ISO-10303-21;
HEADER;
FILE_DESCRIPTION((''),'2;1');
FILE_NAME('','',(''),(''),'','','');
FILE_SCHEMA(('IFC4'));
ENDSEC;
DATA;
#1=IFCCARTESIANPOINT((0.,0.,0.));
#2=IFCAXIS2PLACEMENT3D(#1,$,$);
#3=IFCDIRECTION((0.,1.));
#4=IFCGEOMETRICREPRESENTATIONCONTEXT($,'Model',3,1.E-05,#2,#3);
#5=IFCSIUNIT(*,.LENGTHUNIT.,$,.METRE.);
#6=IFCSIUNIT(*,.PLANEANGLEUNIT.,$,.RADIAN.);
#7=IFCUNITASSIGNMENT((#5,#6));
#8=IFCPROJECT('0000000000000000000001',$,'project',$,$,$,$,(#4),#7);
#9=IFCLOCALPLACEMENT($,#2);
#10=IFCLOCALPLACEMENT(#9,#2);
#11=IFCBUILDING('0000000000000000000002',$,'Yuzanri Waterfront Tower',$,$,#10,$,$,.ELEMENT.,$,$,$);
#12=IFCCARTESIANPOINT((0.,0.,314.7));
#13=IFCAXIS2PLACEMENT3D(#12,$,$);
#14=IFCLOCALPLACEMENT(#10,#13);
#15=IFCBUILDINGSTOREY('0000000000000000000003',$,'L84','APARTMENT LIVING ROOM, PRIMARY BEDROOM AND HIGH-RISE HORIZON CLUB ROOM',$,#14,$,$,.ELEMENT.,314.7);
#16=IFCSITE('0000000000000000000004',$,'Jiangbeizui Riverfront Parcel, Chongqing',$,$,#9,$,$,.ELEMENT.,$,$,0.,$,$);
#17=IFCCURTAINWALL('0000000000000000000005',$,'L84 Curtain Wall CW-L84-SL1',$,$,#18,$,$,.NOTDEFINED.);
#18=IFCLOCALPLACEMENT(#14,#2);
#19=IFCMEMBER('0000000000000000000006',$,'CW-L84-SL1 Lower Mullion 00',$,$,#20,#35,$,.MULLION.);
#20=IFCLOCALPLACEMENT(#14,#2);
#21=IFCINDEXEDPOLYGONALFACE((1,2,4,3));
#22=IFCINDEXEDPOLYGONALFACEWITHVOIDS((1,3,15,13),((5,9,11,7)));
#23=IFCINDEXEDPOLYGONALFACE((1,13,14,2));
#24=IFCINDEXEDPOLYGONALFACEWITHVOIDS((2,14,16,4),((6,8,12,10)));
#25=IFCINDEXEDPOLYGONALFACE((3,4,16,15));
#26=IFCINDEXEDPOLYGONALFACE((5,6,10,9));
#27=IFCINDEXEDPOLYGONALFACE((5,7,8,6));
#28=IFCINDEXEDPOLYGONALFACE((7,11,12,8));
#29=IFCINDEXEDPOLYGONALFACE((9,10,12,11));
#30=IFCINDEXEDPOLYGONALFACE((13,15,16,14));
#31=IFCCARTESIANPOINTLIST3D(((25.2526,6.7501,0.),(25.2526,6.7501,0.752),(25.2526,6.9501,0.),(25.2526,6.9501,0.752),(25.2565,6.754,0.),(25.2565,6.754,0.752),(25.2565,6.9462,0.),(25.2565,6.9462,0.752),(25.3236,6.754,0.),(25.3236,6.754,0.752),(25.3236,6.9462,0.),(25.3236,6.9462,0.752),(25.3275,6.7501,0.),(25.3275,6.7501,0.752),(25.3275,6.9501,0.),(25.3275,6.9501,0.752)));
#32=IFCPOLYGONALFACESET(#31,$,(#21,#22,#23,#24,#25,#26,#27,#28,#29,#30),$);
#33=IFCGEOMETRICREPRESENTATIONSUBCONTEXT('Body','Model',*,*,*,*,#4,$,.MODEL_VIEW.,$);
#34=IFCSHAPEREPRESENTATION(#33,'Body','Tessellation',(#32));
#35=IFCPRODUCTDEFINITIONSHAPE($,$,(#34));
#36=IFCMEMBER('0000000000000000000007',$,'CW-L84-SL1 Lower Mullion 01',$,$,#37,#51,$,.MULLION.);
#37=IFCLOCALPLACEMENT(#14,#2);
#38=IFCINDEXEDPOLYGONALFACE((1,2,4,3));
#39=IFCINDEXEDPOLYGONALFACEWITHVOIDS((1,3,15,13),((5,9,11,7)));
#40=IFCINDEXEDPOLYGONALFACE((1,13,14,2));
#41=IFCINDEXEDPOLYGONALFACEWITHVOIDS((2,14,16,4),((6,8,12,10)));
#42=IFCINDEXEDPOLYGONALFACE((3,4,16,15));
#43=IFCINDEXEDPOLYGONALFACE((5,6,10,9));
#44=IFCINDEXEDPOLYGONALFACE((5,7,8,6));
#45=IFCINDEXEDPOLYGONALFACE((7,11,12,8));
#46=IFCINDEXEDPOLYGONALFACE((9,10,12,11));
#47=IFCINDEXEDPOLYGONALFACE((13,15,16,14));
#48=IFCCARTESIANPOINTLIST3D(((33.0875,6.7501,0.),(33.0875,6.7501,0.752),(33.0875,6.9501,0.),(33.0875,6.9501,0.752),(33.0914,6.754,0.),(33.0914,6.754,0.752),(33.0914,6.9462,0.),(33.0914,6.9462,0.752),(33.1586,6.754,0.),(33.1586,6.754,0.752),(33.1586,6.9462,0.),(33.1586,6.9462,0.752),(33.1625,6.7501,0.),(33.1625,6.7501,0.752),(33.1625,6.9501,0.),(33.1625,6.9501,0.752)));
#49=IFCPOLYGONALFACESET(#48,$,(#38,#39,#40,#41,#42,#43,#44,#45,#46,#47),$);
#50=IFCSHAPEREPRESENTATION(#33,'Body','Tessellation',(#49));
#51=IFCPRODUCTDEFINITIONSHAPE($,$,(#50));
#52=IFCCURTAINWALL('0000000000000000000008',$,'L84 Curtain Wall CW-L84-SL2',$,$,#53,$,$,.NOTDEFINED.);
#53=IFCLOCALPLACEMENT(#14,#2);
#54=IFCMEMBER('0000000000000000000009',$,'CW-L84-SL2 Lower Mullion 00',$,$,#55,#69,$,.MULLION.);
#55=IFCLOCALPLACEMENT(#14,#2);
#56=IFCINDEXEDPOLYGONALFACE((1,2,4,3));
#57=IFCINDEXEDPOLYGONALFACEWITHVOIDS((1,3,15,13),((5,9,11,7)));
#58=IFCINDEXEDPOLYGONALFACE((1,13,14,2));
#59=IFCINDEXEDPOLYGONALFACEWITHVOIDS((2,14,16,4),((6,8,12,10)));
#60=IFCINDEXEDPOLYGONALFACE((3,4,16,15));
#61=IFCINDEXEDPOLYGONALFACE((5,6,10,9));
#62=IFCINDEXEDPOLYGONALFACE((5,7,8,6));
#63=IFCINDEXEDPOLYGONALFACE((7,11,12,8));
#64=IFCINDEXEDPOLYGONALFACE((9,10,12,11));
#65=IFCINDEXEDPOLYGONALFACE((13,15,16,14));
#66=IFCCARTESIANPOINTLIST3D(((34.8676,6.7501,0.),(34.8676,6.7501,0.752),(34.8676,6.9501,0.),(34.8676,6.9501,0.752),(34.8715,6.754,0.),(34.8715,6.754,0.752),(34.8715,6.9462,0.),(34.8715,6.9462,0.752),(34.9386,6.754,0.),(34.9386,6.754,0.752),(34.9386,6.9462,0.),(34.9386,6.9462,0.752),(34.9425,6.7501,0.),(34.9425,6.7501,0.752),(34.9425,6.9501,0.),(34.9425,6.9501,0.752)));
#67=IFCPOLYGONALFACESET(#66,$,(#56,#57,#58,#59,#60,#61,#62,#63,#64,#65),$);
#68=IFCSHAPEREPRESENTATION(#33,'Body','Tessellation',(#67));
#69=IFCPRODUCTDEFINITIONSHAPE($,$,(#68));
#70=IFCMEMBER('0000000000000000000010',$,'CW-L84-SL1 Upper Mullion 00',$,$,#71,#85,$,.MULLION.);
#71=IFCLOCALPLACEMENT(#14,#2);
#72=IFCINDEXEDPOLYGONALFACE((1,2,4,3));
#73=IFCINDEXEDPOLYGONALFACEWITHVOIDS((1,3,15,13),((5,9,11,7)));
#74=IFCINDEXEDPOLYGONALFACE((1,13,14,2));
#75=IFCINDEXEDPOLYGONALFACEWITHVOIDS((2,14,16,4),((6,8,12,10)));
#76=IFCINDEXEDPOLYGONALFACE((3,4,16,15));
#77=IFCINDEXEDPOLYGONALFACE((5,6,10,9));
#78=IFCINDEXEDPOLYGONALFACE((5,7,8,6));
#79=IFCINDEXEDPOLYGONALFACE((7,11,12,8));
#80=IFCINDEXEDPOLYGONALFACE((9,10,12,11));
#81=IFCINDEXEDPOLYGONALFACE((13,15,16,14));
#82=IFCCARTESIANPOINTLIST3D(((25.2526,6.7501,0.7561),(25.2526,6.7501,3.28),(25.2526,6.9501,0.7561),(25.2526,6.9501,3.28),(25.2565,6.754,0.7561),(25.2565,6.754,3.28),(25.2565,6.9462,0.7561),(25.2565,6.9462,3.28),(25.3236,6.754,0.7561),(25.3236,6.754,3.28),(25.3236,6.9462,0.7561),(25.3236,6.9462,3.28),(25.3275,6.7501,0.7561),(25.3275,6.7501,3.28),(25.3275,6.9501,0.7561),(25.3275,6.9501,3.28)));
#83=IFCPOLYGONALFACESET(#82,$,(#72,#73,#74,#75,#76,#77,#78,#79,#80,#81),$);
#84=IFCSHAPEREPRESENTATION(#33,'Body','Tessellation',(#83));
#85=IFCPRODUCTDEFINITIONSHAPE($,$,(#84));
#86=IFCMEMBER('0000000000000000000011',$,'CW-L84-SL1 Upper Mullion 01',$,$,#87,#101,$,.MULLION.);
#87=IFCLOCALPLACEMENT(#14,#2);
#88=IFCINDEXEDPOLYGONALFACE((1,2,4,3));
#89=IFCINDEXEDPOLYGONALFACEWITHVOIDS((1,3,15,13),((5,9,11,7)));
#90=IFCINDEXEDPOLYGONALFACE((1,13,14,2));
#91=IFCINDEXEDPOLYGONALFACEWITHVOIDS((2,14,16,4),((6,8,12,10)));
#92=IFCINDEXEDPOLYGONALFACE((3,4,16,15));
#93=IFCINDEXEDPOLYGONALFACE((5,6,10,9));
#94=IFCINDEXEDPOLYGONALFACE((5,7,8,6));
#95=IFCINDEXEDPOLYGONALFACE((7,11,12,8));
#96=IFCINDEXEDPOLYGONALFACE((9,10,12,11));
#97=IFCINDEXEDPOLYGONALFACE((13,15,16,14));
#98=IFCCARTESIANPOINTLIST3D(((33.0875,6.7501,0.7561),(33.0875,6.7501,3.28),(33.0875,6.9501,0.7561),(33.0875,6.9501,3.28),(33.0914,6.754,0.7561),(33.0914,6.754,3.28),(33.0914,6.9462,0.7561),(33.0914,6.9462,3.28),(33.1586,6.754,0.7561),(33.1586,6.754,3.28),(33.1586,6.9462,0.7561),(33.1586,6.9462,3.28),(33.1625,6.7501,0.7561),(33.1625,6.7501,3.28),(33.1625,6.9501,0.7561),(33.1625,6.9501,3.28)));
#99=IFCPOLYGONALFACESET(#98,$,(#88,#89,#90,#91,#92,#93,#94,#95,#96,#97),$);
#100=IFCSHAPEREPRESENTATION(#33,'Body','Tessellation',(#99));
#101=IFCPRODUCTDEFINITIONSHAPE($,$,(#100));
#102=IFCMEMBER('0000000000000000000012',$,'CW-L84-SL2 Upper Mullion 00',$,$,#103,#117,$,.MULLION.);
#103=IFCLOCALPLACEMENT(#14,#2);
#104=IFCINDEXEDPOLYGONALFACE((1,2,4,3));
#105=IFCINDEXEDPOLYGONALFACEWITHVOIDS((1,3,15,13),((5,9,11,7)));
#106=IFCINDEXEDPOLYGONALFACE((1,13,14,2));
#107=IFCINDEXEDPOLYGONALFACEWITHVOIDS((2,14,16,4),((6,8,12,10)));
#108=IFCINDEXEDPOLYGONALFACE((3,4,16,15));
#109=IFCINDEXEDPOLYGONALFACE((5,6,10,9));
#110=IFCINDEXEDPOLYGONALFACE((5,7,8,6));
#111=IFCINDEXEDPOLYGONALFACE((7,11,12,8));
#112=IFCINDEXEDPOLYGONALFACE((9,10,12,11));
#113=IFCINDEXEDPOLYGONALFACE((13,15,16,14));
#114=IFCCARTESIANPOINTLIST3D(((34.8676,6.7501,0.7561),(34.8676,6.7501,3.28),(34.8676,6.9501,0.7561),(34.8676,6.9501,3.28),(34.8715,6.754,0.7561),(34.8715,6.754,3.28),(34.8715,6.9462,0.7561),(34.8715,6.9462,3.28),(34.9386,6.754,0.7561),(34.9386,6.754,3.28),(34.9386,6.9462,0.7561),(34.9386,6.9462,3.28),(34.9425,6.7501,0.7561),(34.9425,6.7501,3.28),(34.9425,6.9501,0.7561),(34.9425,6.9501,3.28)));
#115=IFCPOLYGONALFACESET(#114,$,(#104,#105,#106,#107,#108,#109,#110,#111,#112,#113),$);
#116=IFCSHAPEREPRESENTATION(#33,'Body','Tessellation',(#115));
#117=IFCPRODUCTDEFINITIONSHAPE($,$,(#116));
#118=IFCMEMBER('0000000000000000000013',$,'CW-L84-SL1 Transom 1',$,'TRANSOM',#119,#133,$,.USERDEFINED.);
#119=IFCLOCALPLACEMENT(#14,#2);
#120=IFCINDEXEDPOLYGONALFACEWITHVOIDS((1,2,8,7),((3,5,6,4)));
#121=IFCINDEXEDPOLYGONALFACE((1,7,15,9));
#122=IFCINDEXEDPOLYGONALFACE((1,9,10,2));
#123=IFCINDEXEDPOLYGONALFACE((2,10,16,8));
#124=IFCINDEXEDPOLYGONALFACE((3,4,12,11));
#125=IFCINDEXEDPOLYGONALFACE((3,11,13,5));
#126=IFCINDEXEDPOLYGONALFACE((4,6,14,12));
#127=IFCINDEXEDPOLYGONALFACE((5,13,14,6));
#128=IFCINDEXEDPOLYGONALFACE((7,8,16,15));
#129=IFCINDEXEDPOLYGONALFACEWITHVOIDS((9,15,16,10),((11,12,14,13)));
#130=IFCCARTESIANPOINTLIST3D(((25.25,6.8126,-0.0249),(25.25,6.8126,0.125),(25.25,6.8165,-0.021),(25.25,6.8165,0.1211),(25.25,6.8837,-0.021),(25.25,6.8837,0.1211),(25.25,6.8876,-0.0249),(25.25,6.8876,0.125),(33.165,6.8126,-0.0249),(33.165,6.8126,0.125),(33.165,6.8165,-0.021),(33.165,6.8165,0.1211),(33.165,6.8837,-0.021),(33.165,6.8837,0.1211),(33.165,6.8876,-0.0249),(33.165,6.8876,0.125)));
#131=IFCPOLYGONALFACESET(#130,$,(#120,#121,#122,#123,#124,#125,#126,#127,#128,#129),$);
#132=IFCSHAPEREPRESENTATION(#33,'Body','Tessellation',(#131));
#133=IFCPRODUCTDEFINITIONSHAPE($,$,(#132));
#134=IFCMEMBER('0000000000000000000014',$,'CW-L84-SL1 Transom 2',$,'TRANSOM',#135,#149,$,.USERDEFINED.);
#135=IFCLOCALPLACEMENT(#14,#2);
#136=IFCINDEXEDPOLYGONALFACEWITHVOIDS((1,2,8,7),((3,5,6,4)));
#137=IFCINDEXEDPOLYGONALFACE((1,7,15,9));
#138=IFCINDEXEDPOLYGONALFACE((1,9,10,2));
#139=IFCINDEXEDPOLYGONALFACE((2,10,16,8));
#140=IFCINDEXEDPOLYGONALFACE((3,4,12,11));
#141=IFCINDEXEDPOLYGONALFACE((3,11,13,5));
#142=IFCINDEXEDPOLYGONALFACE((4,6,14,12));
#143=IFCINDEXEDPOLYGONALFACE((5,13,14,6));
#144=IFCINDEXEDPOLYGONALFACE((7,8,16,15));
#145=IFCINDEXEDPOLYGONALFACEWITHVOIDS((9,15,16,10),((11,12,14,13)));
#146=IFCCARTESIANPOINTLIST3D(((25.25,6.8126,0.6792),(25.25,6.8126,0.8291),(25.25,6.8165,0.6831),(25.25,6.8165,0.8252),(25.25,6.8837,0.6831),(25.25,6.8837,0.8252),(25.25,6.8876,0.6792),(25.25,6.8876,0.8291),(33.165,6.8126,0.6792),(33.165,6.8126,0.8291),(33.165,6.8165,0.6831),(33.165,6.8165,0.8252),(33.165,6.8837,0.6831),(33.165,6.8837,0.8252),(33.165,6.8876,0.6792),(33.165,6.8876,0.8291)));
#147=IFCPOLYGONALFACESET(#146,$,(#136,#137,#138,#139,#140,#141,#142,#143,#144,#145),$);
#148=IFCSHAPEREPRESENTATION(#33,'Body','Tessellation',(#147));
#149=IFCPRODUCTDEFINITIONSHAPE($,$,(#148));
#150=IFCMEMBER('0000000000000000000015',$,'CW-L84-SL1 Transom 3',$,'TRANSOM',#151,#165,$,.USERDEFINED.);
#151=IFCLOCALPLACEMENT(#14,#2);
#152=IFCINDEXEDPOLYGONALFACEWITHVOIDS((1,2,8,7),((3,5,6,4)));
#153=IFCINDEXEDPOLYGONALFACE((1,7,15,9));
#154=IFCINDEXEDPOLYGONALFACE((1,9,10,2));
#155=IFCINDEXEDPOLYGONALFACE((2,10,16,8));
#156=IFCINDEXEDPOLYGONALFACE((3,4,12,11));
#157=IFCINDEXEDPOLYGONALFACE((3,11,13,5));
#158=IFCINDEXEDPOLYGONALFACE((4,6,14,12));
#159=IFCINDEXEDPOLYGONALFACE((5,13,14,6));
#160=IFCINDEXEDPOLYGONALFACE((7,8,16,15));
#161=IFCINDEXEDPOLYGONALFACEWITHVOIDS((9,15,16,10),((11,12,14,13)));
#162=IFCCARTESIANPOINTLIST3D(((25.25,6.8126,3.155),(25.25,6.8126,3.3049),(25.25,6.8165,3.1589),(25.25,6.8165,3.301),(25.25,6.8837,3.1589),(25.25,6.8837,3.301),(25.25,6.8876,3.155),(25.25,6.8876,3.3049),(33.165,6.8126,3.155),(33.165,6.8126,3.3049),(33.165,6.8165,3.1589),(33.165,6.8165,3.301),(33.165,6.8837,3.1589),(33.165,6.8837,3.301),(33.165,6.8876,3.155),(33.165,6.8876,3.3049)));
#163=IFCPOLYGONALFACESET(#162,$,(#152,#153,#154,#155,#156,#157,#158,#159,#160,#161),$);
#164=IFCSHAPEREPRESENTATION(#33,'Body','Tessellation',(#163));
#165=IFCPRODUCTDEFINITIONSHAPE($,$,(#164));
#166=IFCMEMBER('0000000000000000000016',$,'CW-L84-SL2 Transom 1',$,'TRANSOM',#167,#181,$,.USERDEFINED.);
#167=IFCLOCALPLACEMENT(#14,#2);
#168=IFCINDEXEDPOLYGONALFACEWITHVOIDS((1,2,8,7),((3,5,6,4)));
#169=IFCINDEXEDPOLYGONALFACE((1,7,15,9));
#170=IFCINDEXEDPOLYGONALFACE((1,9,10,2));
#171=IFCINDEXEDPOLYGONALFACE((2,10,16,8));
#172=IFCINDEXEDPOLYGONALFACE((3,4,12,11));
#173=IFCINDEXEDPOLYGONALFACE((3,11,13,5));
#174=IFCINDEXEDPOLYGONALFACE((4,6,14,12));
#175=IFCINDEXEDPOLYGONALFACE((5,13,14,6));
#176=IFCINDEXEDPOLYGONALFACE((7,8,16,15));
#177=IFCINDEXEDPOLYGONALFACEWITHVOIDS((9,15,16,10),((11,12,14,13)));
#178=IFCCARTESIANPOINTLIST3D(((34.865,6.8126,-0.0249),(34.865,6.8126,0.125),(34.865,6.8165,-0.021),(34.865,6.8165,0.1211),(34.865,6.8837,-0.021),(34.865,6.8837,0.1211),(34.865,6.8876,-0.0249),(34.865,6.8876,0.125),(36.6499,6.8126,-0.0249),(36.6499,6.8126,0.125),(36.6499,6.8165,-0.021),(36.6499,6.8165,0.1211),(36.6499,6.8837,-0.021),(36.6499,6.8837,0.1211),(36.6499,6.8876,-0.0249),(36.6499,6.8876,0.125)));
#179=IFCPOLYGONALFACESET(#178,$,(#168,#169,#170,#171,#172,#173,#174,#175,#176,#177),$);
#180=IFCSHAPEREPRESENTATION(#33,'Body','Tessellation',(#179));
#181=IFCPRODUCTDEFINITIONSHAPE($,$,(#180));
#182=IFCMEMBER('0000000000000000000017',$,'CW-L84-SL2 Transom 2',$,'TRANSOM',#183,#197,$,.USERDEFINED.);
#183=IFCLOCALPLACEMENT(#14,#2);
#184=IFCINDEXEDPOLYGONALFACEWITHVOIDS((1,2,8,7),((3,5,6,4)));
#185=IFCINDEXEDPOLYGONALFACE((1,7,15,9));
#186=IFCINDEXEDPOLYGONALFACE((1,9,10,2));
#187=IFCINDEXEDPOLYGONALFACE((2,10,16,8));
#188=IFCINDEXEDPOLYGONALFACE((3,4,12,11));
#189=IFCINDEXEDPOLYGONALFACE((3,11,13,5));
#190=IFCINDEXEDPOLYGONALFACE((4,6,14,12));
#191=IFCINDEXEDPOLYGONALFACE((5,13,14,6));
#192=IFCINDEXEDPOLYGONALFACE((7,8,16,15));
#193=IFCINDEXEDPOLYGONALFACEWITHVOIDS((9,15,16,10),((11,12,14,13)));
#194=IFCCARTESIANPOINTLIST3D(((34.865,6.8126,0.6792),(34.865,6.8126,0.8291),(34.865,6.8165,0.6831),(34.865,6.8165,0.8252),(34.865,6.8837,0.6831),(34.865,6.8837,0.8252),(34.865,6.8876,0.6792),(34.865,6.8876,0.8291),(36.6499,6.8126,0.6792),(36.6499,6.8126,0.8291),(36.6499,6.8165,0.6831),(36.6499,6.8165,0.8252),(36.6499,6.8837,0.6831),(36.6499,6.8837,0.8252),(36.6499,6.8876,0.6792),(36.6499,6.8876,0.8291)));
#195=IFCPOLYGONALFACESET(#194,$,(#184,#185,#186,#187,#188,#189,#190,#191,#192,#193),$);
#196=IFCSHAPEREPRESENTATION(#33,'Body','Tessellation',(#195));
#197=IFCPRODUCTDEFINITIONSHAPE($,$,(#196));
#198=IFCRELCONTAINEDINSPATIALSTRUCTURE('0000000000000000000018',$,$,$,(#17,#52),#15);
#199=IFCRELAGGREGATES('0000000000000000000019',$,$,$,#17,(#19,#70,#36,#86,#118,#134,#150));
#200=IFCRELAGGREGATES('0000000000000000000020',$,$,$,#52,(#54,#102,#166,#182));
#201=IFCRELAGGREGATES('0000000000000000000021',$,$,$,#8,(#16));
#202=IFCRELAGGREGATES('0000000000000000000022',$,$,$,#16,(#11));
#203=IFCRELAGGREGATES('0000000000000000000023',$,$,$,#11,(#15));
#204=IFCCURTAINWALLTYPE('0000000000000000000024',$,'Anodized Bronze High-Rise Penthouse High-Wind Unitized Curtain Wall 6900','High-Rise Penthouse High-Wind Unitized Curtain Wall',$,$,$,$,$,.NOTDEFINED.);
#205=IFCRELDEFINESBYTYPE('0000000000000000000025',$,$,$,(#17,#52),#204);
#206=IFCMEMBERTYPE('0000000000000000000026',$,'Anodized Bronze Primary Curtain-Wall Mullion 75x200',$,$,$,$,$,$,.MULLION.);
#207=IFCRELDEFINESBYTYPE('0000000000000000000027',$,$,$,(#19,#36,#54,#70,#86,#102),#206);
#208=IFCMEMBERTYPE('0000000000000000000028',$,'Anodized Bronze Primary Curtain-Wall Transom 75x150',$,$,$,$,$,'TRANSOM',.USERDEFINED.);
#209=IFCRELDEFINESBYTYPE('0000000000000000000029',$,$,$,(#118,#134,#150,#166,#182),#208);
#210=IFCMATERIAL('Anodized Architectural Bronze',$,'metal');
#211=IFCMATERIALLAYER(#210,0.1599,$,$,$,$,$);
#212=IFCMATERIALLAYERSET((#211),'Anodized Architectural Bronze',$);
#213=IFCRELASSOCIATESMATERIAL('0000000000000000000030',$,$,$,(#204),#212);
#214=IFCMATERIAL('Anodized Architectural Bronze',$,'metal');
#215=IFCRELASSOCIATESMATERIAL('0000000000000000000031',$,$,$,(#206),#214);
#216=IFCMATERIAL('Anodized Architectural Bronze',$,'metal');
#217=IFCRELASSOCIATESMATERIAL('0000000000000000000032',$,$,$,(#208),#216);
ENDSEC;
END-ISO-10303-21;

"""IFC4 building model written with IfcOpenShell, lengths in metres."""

from ifc_helpers import new_model, si_unit, direction, frame, origin, origin_2d, place, context, subcontext, project, spatial, hollow_rectangle, extrude, source, transform, mapped, material, layer, layer_set, material_profile, profile_set, type_object, element, aggregate, save


model = new_model("IFC4")

# Units and contexts
model_context = context("Model", 3, precision=1e-05, world=origin(), true_north=direction((0.0, 1.0)))
body_context = subcontext(model_context, "Body", "Model", "MODEL_VIEW")
ifc_project = project(units=[si_unit("LENGTHUNIT", "METRE"), si_unit("PLANEANGLEUNIT", "RADIAN")], contexts=[model_context])

# Site, building, storey
site_placement = place(None, origin())
site = spatial("IfcSite", under=ifc_project, at=site_placement, Name="Jiangbeizui Riverfront Parcel, Chongqing", CompositionType="ELEMENT", RefElevation=0.0)
building_placement = place(site_placement, origin())
building = spatial("IfcBuilding", under=site, at=building_placement, Name="Yuzanri Waterfront Tower", CompositionType="ELEMENT")
storey_placement = place(building_placement, frame((0.0, 0.0, 314.7)))
storey = spatial("IfcBuildingStorey", under=building, at=storey_placement, Name="L84", Description="APARTMENT LIVING ROOM, PRIMARY BEDROOM AND HIGH-RISE HORIZON CLUB ROOM", CompositionType="ELEMENT", Elevation=314.7)

# Curtain wall, members
ifc_material_1 = material(Name="Anodized Architectural Bronze", Category="metal")
ifc_layer_1 = layer(ifc_material_1, 0.1599)
ifc_layer_set_1 = layer_set([ifc_layer_1], Name="Anodized Architectural Bronze")
curtain_wall_type = type_object("IfcCurtainWallType", Name="Anodized Bronze High-Rise Penthouse High-Wind Unitized Curtain Wall 6900", Description="High-Rise Penthouse High-Wind Unitized Curtain Wall", PredefinedType="NOTDEFINED", material=ifc_layer_set_1)
curtain_wall_1_placement = place(storey_placement, origin())
curtain_wall_1 = element("IfcCurtainWall", 1, at=curtain_wall_1_placement, inside=storey, type_object=curtain_wall_type, Name="L84 Curtain Wall CW-L84-SL1", PredefinedType="NOTDEFINED")
ifc_material_2 = material(Name="Anodized Architectural Bronze", Category="metal")
ifc_material_profile_1 = material_profile(ifc_material_2, hollow_rectangle(XDim=0.075, YDim=0.2, WallThickness=0.0039, at=origin_2d()), Name="CWM 75x200")
ifc_profile_set_1 = profile_set([ifc_material_profile_1], Name="Anodized Architectural Bronze")
member_type_1 = type_object("IfcMemberType", Name="Anodized Bronze Primary Curtain-Wall Mullion 75x200", PredefinedType="MULLION", material=ifc_profile_set_1)
shared_shape_1 = source(origin(), body_context, "Body", "SweptSolid", [
    extrude(hollow_rectangle(XDim=0.075, YDim=0.2, WallThickness=0.0039, at=origin_2d()), origin(), (0.0, 0.0, 1.0), 0.752),
])
member_1_placement = place(storey_placement, frame((25.29, 6.8501, 0.0), z_axis=(0.0, 0.0, 1.0), x_axis=(1.0, 0.0, 0.0)))
member_1 = element("IfcMember", 2, at=member_1_placement, type_object=member_type_1, Name="CW-L84-SL1 Lower Mullion 00", PredefinedType="MULLION", context=body_context, shape_type="MappedRepresentation", body=[
    mapped(shared_shape_1, transform((0.0, 0.0, 0.0), scale=1.0)),
])
member_2_placement = place(storey_placement, frame((33.125, 6.8501, 0.0), z_axis=(0.0, 0.0, 1.0), x_axis=(1.0, 0.0, 0.0)))
member_2 = element("IfcMember", 3, at=member_2_placement, type_object=member_type_1, Name="CW-L84-SL1 Lower Mullion 01", PredefinedType="MULLION", context=body_context, shape_type="MappedRepresentation", body=[
    mapped(shared_shape_1, transform((0.0, 0.0, 0.0), scale=1.0)),
])

# Curtain wall, member
curtain_wall_2_placement = place(storey_placement, origin())
curtain_wall_2 = element("IfcCurtainWall", 4, at=curtain_wall_2_placement, inside=storey, type_object=curtain_wall_type, Name="L84 Curtain Wall CW-L84-SL2", PredefinedType="NOTDEFINED")
member_3_placement = place(storey_placement, frame((34.905, 6.8501, 0.0), z_axis=(0.0, 0.0, 1.0), x_axis=(1.0, 0.0, 0.0)))
member_3 = element("IfcMember", 5, at=member_3_placement, type_object=member_type_1, Name="CW-L84-SL2 Lower Mullion 00", PredefinedType="MULLION", context=body_context, shape_type="MappedRepresentation", body=[
    mapped(shared_shape_1, transform((0.0, 0.0, 0.0), scale=1.0)),
])

# Members
shared_shape_2 = source(origin(), body_context, "Body", "SweptSolid", [
    extrude(hollow_rectangle(XDim=0.075, YDim=0.2, WallThickness=0.0039, at=origin_2d()), origin(), (0.0, 0.0, 1.0), 2.5239),
])
member_4_placement = place(storey_placement, frame((25.29, 6.8501, 0.7561), z_axis=(0.0, 0.0, 1.0), x_axis=(1.0, 0.0, 0.0)))
member_4 = element("IfcMember", 6, at=member_4_placement, type_object=member_type_1, Name="CW-L84-SL1 Upper Mullion 00", PredefinedType="MULLION", context=body_context, shape_type="MappedRepresentation", body=[
    mapped(shared_shape_2, transform((0.0, 0.0, 0.0), scale=1.0)),
])
member_5_placement = place(storey_placement, frame((33.125, 6.8501, 0.7561), z_axis=(0.0, 0.0, 1.0), x_axis=(1.0, 0.0, 0.0)))
member_5 = element("IfcMember", 7, at=member_5_placement, type_object=member_type_1, Name="CW-L84-SL1 Upper Mullion 01", PredefinedType="MULLION", context=body_context, shape_type="MappedRepresentation", body=[
    mapped(shared_shape_2, transform((0.0, 0.0, 0.0), scale=1.0)),
])
member_6_placement = place(storey_placement, frame((34.905, 6.8501, 0.7561), z_axis=(0.0, 0.0, 1.0), x_axis=(1.0, 0.0, 0.0)))
member_6 = element("IfcMember", 8, at=member_6_placement, type_object=member_type_1, Name="CW-L84-SL2 Upper Mullion 00", PredefinedType="MULLION", context=body_context, shape_type="MappedRepresentation", body=[
    mapped(shared_shape_2, transform((0.0, 0.0, 0.0), scale=1.0)),
])
ifc_material_3 = material(Name="Anodized Architectural Bronze", Category="metal")
ifc_material_profile_2 = material_profile(ifc_material_3, hollow_rectangle(XDim=0.075, YDim=0.1499, WallThickness=0.0039, at=origin_2d()), Name="CWT 75x150")
ifc_profile_set_2 = profile_set([ifc_material_profile_2], Name="Anodized Architectural Bronze")
member_type_2 = type_object("IfcMemberType", Name="Anodized Bronze Primary Curtain-Wall Transom 75x150", ElementType="TRANSOM", PredefinedType="USERDEFINED", material=ifc_profile_set_2)
shared_shape_3 = source(origin(), body_context, "Body", "SweptSolid", [
    extrude(hollow_rectangle(XDim=0.075, YDim=0.1499, WallThickness=0.0039, at=origin_2d()), origin(), (0.0, 0.0, 1.0), 7.915),
])
member_7_placement = place(storey_placement, frame((25.25, 6.8501, 0.05), z_axis=(1.0, 0.0, 0.0), x_axis=(0.0, 1.0, 0.0)))
member_7 = element("IfcMember", 9, at=member_7_placement, type_object=member_type_2, Name="CW-L84-SL1 Transom 1", ObjectType="TRANSOM", PredefinedType="USERDEFINED", context=body_context, shape_type="MappedRepresentation", body=[
    mapped(shared_shape_3, transform((0.0, 0.0, 0.0), scale=1.0)),
])
member_8_placement = place(storey_placement, frame((25.25, 6.8501, 0.7542), z_axis=(1.0, 0.0, 0.0), x_axis=(0.0, 1.0, 0.0)))
member_8 = element("IfcMember", 10, at=member_8_placement, type_object=member_type_2, Name="CW-L84-SL1 Transom 2", ObjectType="TRANSOM", PredefinedType="USERDEFINED", context=body_context, shape_type="MappedRepresentation", body=[
    mapped(shared_shape_3, transform((0.0, 0.0, 0.0), scale=1.0)),
])
member_9_placement = place(storey_placement, frame((25.25, 6.8501, 3.23), z_axis=(1.0, 0.0, 0.0), x_axis=(0.0, 1.0, 0.0)))
member_9 = element("IfcMember", 11, at=member_9_placement, type_object=member_type_2, Name="CW-L84-SL1 Transom 3", ObjectType="TRANSOM", PredefinedType="USERDEFINED", context=body_context, shape_type="MappedRepresentation", body=[
    mapped(shared_shape_3, transform((0.0, 0.0, 0.0), scale=1.0)),
])
shared_shape_4 = source(origin(), body_context, "Body", "SweptSolid", [
    extrude(hollow_rectangle(XDim=0.075, YDim=0.1499, WallThickness=0.0039, at=origin_2d()), origin(), (0.0, 0.0, 1.0), 1.7849),
])
member_10_placement = place(storey_placement, frame((34.865, 6.8501, 0.05), z_axis=(1.0, 0.0, 0.0), x_axis=(0.0, 1.0, 0.0)))
member_10 = element("IfcMember", 12, at=member_10_placement, type_object=member_type_2, Name="CW-L84-SL2 Transom 1", ObjectType="TRANSOM", PredefinedType="USERDEFINED", context=body_context, shape_type="MappedRepresentation", body=[
    mapped(shared_shape_4, transform((0.0, 0.0, 0.0), scale=1.0)),
])
member_11_placement = place(storey_placement, frame((34.865, 6.8501, 0.7542), z_axis=(1.0, 0.0, 0.0), x_axis=(0.0, 1.0, 0.0)))
member_11 = element("IfcMember", 13, at=member_11_placement, type_object=member_type_2, Name="CW-L84-SL2 Transom 2", ObjectType="TRANSOM", PredefinedType="USERDEFINED", context=body_context, shape_type="MappedRepresentation", body=[
    mapped(shared_shape_4, transform((0.0, 0.0, 0.0), scale=1.0)),
])

aggregate(curtain_wall_1, [member_1, member_4, member_2, member_5, member_7, member_8, member_9])
aggregate(curtain_wall_2, [member_3, member_6, member_10, member_11])

save(model, "model.ifc")
